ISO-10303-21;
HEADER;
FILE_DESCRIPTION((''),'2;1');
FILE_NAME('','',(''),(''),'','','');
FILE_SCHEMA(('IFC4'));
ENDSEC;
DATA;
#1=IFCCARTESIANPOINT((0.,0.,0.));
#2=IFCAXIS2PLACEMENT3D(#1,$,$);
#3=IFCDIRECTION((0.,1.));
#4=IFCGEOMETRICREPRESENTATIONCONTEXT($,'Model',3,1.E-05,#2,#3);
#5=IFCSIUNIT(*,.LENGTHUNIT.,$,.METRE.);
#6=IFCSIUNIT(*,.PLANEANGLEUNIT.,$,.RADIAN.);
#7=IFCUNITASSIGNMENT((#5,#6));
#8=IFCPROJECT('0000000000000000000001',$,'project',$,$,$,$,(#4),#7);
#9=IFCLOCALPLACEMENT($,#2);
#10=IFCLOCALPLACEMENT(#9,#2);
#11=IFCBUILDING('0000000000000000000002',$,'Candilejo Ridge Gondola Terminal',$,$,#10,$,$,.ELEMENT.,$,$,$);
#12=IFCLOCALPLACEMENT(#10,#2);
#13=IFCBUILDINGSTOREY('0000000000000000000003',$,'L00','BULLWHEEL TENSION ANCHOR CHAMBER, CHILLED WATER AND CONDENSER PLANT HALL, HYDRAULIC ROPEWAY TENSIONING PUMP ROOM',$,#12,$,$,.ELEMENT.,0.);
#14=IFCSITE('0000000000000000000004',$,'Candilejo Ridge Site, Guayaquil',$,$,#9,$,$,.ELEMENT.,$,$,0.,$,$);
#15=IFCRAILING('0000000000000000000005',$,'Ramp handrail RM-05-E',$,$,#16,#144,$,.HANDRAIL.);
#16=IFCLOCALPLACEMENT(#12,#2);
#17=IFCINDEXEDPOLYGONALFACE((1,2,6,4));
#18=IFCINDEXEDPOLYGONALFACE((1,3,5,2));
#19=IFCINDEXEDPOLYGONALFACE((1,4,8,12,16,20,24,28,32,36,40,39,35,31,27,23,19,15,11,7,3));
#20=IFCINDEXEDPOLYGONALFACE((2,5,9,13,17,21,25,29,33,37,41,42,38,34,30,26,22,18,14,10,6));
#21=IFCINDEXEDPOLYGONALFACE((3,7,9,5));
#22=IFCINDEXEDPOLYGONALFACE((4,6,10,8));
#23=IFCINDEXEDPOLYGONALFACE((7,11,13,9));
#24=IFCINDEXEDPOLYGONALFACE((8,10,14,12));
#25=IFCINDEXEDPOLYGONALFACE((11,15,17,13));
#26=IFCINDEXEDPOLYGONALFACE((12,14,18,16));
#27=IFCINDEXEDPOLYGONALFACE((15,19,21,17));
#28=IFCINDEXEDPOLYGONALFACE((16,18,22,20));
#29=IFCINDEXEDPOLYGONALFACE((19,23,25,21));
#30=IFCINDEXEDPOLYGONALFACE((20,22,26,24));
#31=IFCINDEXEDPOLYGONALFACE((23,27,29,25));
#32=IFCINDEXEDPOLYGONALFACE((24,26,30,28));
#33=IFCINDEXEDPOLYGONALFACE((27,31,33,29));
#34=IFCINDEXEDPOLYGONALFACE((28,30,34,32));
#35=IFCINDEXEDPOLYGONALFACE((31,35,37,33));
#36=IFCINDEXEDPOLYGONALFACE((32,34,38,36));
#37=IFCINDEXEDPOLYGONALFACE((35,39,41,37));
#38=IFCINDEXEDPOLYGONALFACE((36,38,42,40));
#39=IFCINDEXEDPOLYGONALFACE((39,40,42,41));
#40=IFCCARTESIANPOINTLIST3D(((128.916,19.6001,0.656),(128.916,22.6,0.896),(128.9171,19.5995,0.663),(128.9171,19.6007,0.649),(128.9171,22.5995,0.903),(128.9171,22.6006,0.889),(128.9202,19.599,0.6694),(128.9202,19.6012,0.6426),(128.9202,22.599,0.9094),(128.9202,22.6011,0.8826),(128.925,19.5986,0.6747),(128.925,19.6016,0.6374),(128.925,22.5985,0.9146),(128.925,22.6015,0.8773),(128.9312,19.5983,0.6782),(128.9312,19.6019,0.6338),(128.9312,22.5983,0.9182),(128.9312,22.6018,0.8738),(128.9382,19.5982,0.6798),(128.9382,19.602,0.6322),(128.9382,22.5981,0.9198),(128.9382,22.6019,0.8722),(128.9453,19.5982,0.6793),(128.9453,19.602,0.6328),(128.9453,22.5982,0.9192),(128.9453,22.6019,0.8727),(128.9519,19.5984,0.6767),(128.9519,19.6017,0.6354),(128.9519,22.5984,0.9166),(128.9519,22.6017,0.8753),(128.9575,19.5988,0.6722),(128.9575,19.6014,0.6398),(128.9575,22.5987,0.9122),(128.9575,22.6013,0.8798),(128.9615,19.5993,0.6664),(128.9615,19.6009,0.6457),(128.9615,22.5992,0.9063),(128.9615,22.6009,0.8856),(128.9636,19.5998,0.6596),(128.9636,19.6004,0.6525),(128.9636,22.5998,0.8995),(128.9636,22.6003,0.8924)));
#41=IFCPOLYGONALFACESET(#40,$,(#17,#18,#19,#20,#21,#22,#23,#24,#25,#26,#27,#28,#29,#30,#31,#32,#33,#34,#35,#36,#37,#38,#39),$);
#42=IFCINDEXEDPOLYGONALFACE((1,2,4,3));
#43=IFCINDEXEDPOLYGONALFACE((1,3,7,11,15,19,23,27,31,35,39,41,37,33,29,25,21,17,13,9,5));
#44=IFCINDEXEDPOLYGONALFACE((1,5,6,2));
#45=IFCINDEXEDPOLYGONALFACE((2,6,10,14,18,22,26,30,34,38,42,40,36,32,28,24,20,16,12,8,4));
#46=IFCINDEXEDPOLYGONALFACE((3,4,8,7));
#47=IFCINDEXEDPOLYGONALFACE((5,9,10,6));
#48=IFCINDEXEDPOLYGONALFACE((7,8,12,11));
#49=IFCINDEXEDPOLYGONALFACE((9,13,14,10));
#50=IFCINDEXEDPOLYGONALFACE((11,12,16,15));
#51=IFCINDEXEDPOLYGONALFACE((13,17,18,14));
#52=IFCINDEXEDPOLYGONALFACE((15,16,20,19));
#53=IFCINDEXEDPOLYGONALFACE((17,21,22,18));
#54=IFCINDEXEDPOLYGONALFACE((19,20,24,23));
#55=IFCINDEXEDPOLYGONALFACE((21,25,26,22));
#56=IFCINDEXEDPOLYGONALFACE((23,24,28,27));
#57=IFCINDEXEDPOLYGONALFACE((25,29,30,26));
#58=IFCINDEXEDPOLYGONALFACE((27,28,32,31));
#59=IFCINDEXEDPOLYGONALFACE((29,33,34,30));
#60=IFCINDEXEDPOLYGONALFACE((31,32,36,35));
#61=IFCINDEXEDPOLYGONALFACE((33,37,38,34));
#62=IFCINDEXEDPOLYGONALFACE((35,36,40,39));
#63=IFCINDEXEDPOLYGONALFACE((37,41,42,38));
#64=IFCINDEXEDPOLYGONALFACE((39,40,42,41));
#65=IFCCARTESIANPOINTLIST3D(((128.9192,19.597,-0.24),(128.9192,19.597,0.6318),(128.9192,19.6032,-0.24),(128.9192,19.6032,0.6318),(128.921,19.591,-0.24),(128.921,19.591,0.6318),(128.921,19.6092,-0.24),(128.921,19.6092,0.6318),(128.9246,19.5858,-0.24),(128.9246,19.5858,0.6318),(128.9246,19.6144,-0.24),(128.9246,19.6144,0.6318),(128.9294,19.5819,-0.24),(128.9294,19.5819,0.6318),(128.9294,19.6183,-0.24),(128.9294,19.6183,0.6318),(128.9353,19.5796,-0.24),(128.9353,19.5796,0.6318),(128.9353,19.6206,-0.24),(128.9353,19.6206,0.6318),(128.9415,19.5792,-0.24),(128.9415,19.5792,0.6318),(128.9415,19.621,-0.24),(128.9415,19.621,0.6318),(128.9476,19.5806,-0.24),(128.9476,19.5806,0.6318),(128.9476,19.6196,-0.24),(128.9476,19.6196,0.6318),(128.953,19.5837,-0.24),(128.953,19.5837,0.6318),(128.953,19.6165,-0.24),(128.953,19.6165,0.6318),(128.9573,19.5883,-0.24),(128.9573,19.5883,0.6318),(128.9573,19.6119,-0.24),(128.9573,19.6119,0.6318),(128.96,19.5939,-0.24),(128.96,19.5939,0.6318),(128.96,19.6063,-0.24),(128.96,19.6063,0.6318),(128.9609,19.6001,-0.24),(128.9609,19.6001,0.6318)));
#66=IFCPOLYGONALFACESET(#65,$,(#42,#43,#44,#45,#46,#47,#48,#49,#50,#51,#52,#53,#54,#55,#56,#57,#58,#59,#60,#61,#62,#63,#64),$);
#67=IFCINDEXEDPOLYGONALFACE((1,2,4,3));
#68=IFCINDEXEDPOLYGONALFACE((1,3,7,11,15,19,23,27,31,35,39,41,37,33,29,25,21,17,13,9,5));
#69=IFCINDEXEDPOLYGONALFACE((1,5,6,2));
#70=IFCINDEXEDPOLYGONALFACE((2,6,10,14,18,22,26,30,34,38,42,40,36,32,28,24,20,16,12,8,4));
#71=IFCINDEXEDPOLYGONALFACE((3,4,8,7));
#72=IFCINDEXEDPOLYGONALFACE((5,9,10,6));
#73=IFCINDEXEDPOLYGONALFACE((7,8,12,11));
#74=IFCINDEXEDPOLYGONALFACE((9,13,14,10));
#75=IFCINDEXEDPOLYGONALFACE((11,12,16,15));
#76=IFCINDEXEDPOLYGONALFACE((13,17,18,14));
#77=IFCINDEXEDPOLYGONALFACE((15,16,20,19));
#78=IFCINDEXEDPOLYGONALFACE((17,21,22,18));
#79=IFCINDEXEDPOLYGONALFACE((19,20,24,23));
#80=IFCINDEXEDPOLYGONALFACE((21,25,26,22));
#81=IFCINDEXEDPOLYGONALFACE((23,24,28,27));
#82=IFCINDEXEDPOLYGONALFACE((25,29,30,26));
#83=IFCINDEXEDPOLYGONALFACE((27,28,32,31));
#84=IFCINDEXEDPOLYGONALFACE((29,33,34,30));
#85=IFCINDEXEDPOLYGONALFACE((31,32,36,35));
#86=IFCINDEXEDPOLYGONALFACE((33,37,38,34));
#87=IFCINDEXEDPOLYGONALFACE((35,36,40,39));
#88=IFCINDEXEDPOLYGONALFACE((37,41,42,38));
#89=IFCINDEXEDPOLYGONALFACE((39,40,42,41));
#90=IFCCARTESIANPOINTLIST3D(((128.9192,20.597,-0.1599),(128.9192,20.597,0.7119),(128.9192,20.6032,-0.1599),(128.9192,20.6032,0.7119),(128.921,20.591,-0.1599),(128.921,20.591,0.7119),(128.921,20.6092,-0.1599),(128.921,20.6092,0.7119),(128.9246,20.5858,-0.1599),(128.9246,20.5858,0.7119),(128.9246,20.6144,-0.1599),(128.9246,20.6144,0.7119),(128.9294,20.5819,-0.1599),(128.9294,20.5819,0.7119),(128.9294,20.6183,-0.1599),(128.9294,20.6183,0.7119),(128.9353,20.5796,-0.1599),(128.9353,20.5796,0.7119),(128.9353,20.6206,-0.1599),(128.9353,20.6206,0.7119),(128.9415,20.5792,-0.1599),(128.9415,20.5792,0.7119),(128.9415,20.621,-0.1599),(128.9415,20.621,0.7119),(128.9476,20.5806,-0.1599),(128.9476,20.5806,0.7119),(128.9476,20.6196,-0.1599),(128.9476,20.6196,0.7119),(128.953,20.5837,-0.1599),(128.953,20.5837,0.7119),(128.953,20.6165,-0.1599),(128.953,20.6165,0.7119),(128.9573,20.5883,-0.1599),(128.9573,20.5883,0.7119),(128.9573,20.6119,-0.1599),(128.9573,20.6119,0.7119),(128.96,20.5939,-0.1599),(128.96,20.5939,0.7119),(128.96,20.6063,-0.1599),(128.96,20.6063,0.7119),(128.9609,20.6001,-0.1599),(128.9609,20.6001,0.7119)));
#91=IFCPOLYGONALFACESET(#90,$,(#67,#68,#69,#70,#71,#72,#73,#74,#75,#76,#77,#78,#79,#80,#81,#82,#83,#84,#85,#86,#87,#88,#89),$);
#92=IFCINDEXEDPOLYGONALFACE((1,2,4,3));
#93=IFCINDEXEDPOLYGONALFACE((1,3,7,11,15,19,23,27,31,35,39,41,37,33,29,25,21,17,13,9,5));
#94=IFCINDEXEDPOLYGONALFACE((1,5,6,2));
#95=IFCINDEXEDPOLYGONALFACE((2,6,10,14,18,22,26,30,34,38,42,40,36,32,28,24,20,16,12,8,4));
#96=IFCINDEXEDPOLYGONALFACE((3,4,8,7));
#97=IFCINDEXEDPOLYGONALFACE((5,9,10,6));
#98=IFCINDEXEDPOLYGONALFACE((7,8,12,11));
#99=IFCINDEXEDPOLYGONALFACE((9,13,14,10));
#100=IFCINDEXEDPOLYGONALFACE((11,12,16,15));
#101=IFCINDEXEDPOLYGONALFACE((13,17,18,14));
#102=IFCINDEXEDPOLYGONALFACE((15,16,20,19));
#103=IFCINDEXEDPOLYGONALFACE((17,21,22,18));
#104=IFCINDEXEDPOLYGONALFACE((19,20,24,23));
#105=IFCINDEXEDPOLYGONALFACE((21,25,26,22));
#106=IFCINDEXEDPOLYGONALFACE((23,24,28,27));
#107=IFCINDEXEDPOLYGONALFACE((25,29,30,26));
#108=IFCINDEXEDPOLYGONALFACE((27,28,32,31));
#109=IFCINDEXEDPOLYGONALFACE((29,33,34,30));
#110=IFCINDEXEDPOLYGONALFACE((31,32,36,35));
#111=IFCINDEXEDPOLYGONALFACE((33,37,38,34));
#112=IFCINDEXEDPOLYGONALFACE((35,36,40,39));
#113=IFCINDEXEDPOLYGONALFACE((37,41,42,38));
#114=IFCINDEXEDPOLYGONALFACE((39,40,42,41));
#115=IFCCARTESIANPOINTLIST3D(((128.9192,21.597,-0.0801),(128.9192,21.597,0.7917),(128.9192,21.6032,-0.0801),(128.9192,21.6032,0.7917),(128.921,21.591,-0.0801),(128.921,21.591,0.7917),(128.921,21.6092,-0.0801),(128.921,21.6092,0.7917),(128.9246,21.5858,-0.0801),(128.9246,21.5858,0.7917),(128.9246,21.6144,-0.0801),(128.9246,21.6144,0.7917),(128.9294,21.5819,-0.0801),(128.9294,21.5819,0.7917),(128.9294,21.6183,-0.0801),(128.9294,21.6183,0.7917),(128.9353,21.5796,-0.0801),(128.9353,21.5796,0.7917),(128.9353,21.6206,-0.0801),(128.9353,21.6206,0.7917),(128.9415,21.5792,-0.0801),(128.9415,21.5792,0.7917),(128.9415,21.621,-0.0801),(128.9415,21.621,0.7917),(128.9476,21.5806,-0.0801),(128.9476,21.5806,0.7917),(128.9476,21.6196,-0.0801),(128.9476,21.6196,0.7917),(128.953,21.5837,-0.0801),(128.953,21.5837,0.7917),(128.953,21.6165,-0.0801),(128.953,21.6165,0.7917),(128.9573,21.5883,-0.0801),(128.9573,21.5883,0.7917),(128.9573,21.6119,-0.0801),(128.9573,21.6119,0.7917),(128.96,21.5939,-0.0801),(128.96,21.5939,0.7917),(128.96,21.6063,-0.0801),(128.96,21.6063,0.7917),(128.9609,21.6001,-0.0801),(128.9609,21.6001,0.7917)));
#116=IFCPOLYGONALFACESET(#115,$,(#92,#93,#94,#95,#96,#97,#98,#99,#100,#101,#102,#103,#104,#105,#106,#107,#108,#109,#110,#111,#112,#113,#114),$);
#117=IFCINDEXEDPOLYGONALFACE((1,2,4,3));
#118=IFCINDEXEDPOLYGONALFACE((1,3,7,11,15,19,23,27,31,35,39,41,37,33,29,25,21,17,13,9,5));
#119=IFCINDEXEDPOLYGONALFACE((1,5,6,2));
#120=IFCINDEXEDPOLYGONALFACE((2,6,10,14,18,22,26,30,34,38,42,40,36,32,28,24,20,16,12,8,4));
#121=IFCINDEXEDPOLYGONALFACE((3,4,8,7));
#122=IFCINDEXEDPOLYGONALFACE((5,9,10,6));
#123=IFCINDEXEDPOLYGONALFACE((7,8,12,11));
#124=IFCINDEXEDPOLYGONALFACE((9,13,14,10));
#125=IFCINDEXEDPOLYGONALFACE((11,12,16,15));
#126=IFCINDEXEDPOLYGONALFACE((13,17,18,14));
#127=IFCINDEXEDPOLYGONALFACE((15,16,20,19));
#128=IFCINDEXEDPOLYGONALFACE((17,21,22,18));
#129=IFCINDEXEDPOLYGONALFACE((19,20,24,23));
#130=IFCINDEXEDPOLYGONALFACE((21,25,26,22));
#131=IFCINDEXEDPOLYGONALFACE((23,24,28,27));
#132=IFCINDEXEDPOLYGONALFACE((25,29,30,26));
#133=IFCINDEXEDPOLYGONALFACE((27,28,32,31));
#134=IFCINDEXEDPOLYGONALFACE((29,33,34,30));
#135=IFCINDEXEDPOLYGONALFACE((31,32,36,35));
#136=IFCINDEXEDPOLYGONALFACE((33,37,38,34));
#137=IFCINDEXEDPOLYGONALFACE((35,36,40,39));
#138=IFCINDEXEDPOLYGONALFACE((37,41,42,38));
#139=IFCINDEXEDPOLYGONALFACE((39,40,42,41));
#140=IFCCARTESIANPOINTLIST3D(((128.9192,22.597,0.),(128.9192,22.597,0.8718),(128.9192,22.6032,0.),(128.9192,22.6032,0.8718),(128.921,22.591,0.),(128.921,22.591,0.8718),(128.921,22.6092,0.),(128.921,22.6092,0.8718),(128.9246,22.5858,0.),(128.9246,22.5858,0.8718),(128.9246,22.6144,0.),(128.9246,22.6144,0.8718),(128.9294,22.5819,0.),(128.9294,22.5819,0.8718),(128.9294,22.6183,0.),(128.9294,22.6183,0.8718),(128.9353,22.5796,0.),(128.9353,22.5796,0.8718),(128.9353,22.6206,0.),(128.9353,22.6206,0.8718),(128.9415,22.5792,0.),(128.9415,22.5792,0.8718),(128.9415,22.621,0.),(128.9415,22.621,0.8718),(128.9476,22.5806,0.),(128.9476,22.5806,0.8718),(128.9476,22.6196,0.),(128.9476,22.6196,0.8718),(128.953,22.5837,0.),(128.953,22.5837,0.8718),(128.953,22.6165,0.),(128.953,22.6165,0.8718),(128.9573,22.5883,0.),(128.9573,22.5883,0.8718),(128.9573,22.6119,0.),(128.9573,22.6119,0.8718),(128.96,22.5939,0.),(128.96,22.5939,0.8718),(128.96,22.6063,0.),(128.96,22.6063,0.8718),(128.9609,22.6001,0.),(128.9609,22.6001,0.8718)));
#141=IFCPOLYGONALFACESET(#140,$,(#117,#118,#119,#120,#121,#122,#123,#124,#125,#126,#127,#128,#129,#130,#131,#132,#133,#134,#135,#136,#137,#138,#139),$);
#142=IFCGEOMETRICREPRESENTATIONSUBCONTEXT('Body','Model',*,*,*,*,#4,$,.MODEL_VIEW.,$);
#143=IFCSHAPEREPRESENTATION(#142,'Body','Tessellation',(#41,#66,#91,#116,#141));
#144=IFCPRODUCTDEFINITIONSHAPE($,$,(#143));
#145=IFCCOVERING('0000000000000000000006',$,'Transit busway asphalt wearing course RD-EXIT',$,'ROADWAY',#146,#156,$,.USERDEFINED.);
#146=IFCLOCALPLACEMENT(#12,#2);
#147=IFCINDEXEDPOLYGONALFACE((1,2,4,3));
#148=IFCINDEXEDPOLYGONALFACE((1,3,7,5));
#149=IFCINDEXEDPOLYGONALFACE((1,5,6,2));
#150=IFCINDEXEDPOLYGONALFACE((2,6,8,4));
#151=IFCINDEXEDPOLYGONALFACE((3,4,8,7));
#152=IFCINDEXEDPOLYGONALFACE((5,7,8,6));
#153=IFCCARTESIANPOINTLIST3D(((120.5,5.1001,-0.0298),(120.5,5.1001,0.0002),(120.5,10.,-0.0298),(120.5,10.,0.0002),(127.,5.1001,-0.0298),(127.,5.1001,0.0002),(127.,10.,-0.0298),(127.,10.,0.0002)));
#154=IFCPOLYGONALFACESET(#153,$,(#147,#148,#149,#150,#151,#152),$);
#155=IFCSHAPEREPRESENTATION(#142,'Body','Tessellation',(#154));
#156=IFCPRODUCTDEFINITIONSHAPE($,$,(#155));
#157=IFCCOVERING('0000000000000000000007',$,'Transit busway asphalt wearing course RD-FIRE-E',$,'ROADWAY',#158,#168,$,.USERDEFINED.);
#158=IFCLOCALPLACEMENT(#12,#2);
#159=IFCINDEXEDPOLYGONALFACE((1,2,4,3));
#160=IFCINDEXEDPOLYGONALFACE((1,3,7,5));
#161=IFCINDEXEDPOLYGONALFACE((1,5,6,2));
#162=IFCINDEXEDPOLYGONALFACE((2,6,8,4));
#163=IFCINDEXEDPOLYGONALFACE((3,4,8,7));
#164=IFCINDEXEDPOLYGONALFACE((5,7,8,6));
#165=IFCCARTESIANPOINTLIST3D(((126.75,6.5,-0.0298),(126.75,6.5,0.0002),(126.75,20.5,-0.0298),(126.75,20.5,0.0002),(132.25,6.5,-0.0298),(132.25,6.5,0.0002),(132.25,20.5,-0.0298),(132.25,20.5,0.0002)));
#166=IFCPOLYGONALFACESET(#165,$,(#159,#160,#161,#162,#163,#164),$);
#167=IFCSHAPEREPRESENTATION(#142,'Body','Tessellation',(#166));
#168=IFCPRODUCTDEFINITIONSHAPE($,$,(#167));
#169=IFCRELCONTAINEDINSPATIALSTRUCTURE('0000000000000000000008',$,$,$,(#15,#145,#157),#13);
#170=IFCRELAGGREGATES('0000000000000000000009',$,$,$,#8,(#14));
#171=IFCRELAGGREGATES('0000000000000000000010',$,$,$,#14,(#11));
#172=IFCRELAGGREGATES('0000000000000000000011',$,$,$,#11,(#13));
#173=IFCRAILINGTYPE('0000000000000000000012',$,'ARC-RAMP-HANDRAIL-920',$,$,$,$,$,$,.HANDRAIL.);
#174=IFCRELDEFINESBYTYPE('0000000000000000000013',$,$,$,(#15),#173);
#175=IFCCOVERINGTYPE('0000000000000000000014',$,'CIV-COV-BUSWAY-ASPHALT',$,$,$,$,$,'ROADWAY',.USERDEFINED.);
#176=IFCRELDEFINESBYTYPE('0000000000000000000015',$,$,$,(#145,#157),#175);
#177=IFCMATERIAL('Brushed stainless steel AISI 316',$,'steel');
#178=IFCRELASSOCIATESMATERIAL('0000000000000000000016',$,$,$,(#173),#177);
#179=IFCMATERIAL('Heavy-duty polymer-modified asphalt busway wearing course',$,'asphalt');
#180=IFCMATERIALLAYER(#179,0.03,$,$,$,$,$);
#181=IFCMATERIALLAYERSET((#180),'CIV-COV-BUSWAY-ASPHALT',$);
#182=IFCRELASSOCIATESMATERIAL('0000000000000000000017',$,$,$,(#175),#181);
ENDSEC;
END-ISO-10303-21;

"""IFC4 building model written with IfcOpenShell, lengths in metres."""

from ifc_helpers import new_model, si_unit, direction, frame, origin, origin_2d, place, context, subcontext, project, spatial, rectangle, circle, extrude, material, layer, layer_set, type_object, element, save


model = new_model("IFC4")

# Units and contexts
model_context = context("Model", 3, precision=1e-05, world=origin(), true_north=direction((0.0, 1.0)))
body_context = subcontext(model_context, "Body", "Model", "MODEL_VIEW")
ifc_project = project(units=[si_unit("LENGTHUNIT", "METRE"), si_unit("PLANEANGLEUNIT", "RADIAN")], contexts=[model_context])

# Site, building, storey
site_placement = place(None, origin())
site = spatial("IfcSite", under=ifc_project, at=site_placement, Name="Candilejo Ridge Site, Guayaquil", CompositionType="ELEMENT", RefElevation=0.0)
building_placement = place(site_placement, origin())
building = spatial("IfcBuilding", under=site, at=building_placement, Name="Candilejo Ridge Gondola Terminal", CompositionType="ELEMENT")
storey_placement = place(building_placement, origin())
storey = spatial("IfcBuildingStorey", under=building, at=storey_placement, Name="L00", Description="BULLWHEEL TENSION ANCHOR CHAMBER, CHILLED WATER AND CONDENSER PLANT HALL, HYDRAULIC ROPEWAY TENSIONING PUMP ROOM", CompositionType="ELEMENT", Elevation=0.0)

# Railing
ifc_material_1 = material(Name="Brushed stainless steel AISI 316", Category="steel")
railing_type = type_object("IfcRailingType", Name="ARC-RAMP-HANDRAIL-920", PredefinedType="HANDRAIL", material=ifc_material_1)
for number, where, name in (
    (1, (128.9399, 19.6001, -0.24), "Ramp handrail RM-05-E"),
):
    element("IfcRailing", number, at=place(storey_placement, frame(where)), inside=storey, type_object=railing_type, Name=name, PredefinedType="HANDRAIL", context=body_context, shape_type="SweptSolid", body=[
        extrude(circle(Radius=0.0239, at=origin_2d()), frame((0.0, 0.0, 0.896), z_axis=(0.0, 0.996816, 0.079742), x_axis=(-1.0, 0.0, 0.0)), (0.0, 0.0, 1.0), 3.0095),
        extrude(circle(Radius=0.021, at=origin_2d()), origin(), (0.0, 0.0, 1.0), 0.8718),
        extrude(circle(Radius=0.021, at=origin_2d()), frame((0.0, 1.0, 0.0801)), (0.0, 0.0, 1.0), 0.8718),
        extrude(circle(Radius=0.021, at=origin_2d()), frame((0.0, 2.0, 0.1599)), (0.0, 0.0, 1.0), 0.8718),
        extrude(circle(Radius=0.021, at=origin_2d()), frame((0.0, 3.0, 0.24)), (0.0, 0.0, 1.0), 0.8718),
    ])

# Coverings
ifc_material_2 = material(Name="Heavy-duty polymer-modified asphalt busway wearing course", Category="asphalt")
ifc_layer_1 = layer(ifc_material_2, 0.03)
ifc_layer_set_1 = layer_set([ifc_layer_1], Name="CIV-COV-BUSWAY-ASPHALT")
covering_type = type_object("IfcCoveringType", Name="CIV-COV-BUSWAY-ASPHALT", ElementType="ROADWAY", PredefinedType="USERDEFINED", material=ifc_layer_set_1)
covering_1_placement = place(storey_placement, frame((123.75, 7.55, -0.0298), z_axis=(0.0, 0.0, 1.0), x_axis=(1.0, 0.0, 0.0)))
element("IfcCovering", 2, at=covering_1_placement, inside=storey, type_object=covering_type, Name="Transit busway asphalt wearing course RD-EXIT", ObjectType="ROADWAY", PredefinedType="USERDEFINED", context=body_context, shape_type="SweptSolid", body=[
    extrude(rectangle(XDim=6.5, YDim=4.8999, at=origin_2d()), origin(), (0.0, 0.0, 1.0), 0.03),
])
covering_2_placement = place(storey_placement, frame((129.5, 13.5, -0.0298), z_axis=(0.0, 0.0, 1.0), x_axis=(1.0, 0.0, 0.0)))
element("IfcCovering", 3, at=covering_2_placement, inside=storey, type_object=covering_type, Name="Transit busway asphalt wearing course RD-FIRE-E", ObjectType="ROADWAY", PredefinedType="USERDEFINED", context=body_context, shape_type="SweptSolid", body=[
    extrude(rectangle(XDim=5.5, YDim=14.0, at=origin_2d()), origin(), (0.0, 0.0, 1.0), 0.03),
])

save(model, "model.ifc")
